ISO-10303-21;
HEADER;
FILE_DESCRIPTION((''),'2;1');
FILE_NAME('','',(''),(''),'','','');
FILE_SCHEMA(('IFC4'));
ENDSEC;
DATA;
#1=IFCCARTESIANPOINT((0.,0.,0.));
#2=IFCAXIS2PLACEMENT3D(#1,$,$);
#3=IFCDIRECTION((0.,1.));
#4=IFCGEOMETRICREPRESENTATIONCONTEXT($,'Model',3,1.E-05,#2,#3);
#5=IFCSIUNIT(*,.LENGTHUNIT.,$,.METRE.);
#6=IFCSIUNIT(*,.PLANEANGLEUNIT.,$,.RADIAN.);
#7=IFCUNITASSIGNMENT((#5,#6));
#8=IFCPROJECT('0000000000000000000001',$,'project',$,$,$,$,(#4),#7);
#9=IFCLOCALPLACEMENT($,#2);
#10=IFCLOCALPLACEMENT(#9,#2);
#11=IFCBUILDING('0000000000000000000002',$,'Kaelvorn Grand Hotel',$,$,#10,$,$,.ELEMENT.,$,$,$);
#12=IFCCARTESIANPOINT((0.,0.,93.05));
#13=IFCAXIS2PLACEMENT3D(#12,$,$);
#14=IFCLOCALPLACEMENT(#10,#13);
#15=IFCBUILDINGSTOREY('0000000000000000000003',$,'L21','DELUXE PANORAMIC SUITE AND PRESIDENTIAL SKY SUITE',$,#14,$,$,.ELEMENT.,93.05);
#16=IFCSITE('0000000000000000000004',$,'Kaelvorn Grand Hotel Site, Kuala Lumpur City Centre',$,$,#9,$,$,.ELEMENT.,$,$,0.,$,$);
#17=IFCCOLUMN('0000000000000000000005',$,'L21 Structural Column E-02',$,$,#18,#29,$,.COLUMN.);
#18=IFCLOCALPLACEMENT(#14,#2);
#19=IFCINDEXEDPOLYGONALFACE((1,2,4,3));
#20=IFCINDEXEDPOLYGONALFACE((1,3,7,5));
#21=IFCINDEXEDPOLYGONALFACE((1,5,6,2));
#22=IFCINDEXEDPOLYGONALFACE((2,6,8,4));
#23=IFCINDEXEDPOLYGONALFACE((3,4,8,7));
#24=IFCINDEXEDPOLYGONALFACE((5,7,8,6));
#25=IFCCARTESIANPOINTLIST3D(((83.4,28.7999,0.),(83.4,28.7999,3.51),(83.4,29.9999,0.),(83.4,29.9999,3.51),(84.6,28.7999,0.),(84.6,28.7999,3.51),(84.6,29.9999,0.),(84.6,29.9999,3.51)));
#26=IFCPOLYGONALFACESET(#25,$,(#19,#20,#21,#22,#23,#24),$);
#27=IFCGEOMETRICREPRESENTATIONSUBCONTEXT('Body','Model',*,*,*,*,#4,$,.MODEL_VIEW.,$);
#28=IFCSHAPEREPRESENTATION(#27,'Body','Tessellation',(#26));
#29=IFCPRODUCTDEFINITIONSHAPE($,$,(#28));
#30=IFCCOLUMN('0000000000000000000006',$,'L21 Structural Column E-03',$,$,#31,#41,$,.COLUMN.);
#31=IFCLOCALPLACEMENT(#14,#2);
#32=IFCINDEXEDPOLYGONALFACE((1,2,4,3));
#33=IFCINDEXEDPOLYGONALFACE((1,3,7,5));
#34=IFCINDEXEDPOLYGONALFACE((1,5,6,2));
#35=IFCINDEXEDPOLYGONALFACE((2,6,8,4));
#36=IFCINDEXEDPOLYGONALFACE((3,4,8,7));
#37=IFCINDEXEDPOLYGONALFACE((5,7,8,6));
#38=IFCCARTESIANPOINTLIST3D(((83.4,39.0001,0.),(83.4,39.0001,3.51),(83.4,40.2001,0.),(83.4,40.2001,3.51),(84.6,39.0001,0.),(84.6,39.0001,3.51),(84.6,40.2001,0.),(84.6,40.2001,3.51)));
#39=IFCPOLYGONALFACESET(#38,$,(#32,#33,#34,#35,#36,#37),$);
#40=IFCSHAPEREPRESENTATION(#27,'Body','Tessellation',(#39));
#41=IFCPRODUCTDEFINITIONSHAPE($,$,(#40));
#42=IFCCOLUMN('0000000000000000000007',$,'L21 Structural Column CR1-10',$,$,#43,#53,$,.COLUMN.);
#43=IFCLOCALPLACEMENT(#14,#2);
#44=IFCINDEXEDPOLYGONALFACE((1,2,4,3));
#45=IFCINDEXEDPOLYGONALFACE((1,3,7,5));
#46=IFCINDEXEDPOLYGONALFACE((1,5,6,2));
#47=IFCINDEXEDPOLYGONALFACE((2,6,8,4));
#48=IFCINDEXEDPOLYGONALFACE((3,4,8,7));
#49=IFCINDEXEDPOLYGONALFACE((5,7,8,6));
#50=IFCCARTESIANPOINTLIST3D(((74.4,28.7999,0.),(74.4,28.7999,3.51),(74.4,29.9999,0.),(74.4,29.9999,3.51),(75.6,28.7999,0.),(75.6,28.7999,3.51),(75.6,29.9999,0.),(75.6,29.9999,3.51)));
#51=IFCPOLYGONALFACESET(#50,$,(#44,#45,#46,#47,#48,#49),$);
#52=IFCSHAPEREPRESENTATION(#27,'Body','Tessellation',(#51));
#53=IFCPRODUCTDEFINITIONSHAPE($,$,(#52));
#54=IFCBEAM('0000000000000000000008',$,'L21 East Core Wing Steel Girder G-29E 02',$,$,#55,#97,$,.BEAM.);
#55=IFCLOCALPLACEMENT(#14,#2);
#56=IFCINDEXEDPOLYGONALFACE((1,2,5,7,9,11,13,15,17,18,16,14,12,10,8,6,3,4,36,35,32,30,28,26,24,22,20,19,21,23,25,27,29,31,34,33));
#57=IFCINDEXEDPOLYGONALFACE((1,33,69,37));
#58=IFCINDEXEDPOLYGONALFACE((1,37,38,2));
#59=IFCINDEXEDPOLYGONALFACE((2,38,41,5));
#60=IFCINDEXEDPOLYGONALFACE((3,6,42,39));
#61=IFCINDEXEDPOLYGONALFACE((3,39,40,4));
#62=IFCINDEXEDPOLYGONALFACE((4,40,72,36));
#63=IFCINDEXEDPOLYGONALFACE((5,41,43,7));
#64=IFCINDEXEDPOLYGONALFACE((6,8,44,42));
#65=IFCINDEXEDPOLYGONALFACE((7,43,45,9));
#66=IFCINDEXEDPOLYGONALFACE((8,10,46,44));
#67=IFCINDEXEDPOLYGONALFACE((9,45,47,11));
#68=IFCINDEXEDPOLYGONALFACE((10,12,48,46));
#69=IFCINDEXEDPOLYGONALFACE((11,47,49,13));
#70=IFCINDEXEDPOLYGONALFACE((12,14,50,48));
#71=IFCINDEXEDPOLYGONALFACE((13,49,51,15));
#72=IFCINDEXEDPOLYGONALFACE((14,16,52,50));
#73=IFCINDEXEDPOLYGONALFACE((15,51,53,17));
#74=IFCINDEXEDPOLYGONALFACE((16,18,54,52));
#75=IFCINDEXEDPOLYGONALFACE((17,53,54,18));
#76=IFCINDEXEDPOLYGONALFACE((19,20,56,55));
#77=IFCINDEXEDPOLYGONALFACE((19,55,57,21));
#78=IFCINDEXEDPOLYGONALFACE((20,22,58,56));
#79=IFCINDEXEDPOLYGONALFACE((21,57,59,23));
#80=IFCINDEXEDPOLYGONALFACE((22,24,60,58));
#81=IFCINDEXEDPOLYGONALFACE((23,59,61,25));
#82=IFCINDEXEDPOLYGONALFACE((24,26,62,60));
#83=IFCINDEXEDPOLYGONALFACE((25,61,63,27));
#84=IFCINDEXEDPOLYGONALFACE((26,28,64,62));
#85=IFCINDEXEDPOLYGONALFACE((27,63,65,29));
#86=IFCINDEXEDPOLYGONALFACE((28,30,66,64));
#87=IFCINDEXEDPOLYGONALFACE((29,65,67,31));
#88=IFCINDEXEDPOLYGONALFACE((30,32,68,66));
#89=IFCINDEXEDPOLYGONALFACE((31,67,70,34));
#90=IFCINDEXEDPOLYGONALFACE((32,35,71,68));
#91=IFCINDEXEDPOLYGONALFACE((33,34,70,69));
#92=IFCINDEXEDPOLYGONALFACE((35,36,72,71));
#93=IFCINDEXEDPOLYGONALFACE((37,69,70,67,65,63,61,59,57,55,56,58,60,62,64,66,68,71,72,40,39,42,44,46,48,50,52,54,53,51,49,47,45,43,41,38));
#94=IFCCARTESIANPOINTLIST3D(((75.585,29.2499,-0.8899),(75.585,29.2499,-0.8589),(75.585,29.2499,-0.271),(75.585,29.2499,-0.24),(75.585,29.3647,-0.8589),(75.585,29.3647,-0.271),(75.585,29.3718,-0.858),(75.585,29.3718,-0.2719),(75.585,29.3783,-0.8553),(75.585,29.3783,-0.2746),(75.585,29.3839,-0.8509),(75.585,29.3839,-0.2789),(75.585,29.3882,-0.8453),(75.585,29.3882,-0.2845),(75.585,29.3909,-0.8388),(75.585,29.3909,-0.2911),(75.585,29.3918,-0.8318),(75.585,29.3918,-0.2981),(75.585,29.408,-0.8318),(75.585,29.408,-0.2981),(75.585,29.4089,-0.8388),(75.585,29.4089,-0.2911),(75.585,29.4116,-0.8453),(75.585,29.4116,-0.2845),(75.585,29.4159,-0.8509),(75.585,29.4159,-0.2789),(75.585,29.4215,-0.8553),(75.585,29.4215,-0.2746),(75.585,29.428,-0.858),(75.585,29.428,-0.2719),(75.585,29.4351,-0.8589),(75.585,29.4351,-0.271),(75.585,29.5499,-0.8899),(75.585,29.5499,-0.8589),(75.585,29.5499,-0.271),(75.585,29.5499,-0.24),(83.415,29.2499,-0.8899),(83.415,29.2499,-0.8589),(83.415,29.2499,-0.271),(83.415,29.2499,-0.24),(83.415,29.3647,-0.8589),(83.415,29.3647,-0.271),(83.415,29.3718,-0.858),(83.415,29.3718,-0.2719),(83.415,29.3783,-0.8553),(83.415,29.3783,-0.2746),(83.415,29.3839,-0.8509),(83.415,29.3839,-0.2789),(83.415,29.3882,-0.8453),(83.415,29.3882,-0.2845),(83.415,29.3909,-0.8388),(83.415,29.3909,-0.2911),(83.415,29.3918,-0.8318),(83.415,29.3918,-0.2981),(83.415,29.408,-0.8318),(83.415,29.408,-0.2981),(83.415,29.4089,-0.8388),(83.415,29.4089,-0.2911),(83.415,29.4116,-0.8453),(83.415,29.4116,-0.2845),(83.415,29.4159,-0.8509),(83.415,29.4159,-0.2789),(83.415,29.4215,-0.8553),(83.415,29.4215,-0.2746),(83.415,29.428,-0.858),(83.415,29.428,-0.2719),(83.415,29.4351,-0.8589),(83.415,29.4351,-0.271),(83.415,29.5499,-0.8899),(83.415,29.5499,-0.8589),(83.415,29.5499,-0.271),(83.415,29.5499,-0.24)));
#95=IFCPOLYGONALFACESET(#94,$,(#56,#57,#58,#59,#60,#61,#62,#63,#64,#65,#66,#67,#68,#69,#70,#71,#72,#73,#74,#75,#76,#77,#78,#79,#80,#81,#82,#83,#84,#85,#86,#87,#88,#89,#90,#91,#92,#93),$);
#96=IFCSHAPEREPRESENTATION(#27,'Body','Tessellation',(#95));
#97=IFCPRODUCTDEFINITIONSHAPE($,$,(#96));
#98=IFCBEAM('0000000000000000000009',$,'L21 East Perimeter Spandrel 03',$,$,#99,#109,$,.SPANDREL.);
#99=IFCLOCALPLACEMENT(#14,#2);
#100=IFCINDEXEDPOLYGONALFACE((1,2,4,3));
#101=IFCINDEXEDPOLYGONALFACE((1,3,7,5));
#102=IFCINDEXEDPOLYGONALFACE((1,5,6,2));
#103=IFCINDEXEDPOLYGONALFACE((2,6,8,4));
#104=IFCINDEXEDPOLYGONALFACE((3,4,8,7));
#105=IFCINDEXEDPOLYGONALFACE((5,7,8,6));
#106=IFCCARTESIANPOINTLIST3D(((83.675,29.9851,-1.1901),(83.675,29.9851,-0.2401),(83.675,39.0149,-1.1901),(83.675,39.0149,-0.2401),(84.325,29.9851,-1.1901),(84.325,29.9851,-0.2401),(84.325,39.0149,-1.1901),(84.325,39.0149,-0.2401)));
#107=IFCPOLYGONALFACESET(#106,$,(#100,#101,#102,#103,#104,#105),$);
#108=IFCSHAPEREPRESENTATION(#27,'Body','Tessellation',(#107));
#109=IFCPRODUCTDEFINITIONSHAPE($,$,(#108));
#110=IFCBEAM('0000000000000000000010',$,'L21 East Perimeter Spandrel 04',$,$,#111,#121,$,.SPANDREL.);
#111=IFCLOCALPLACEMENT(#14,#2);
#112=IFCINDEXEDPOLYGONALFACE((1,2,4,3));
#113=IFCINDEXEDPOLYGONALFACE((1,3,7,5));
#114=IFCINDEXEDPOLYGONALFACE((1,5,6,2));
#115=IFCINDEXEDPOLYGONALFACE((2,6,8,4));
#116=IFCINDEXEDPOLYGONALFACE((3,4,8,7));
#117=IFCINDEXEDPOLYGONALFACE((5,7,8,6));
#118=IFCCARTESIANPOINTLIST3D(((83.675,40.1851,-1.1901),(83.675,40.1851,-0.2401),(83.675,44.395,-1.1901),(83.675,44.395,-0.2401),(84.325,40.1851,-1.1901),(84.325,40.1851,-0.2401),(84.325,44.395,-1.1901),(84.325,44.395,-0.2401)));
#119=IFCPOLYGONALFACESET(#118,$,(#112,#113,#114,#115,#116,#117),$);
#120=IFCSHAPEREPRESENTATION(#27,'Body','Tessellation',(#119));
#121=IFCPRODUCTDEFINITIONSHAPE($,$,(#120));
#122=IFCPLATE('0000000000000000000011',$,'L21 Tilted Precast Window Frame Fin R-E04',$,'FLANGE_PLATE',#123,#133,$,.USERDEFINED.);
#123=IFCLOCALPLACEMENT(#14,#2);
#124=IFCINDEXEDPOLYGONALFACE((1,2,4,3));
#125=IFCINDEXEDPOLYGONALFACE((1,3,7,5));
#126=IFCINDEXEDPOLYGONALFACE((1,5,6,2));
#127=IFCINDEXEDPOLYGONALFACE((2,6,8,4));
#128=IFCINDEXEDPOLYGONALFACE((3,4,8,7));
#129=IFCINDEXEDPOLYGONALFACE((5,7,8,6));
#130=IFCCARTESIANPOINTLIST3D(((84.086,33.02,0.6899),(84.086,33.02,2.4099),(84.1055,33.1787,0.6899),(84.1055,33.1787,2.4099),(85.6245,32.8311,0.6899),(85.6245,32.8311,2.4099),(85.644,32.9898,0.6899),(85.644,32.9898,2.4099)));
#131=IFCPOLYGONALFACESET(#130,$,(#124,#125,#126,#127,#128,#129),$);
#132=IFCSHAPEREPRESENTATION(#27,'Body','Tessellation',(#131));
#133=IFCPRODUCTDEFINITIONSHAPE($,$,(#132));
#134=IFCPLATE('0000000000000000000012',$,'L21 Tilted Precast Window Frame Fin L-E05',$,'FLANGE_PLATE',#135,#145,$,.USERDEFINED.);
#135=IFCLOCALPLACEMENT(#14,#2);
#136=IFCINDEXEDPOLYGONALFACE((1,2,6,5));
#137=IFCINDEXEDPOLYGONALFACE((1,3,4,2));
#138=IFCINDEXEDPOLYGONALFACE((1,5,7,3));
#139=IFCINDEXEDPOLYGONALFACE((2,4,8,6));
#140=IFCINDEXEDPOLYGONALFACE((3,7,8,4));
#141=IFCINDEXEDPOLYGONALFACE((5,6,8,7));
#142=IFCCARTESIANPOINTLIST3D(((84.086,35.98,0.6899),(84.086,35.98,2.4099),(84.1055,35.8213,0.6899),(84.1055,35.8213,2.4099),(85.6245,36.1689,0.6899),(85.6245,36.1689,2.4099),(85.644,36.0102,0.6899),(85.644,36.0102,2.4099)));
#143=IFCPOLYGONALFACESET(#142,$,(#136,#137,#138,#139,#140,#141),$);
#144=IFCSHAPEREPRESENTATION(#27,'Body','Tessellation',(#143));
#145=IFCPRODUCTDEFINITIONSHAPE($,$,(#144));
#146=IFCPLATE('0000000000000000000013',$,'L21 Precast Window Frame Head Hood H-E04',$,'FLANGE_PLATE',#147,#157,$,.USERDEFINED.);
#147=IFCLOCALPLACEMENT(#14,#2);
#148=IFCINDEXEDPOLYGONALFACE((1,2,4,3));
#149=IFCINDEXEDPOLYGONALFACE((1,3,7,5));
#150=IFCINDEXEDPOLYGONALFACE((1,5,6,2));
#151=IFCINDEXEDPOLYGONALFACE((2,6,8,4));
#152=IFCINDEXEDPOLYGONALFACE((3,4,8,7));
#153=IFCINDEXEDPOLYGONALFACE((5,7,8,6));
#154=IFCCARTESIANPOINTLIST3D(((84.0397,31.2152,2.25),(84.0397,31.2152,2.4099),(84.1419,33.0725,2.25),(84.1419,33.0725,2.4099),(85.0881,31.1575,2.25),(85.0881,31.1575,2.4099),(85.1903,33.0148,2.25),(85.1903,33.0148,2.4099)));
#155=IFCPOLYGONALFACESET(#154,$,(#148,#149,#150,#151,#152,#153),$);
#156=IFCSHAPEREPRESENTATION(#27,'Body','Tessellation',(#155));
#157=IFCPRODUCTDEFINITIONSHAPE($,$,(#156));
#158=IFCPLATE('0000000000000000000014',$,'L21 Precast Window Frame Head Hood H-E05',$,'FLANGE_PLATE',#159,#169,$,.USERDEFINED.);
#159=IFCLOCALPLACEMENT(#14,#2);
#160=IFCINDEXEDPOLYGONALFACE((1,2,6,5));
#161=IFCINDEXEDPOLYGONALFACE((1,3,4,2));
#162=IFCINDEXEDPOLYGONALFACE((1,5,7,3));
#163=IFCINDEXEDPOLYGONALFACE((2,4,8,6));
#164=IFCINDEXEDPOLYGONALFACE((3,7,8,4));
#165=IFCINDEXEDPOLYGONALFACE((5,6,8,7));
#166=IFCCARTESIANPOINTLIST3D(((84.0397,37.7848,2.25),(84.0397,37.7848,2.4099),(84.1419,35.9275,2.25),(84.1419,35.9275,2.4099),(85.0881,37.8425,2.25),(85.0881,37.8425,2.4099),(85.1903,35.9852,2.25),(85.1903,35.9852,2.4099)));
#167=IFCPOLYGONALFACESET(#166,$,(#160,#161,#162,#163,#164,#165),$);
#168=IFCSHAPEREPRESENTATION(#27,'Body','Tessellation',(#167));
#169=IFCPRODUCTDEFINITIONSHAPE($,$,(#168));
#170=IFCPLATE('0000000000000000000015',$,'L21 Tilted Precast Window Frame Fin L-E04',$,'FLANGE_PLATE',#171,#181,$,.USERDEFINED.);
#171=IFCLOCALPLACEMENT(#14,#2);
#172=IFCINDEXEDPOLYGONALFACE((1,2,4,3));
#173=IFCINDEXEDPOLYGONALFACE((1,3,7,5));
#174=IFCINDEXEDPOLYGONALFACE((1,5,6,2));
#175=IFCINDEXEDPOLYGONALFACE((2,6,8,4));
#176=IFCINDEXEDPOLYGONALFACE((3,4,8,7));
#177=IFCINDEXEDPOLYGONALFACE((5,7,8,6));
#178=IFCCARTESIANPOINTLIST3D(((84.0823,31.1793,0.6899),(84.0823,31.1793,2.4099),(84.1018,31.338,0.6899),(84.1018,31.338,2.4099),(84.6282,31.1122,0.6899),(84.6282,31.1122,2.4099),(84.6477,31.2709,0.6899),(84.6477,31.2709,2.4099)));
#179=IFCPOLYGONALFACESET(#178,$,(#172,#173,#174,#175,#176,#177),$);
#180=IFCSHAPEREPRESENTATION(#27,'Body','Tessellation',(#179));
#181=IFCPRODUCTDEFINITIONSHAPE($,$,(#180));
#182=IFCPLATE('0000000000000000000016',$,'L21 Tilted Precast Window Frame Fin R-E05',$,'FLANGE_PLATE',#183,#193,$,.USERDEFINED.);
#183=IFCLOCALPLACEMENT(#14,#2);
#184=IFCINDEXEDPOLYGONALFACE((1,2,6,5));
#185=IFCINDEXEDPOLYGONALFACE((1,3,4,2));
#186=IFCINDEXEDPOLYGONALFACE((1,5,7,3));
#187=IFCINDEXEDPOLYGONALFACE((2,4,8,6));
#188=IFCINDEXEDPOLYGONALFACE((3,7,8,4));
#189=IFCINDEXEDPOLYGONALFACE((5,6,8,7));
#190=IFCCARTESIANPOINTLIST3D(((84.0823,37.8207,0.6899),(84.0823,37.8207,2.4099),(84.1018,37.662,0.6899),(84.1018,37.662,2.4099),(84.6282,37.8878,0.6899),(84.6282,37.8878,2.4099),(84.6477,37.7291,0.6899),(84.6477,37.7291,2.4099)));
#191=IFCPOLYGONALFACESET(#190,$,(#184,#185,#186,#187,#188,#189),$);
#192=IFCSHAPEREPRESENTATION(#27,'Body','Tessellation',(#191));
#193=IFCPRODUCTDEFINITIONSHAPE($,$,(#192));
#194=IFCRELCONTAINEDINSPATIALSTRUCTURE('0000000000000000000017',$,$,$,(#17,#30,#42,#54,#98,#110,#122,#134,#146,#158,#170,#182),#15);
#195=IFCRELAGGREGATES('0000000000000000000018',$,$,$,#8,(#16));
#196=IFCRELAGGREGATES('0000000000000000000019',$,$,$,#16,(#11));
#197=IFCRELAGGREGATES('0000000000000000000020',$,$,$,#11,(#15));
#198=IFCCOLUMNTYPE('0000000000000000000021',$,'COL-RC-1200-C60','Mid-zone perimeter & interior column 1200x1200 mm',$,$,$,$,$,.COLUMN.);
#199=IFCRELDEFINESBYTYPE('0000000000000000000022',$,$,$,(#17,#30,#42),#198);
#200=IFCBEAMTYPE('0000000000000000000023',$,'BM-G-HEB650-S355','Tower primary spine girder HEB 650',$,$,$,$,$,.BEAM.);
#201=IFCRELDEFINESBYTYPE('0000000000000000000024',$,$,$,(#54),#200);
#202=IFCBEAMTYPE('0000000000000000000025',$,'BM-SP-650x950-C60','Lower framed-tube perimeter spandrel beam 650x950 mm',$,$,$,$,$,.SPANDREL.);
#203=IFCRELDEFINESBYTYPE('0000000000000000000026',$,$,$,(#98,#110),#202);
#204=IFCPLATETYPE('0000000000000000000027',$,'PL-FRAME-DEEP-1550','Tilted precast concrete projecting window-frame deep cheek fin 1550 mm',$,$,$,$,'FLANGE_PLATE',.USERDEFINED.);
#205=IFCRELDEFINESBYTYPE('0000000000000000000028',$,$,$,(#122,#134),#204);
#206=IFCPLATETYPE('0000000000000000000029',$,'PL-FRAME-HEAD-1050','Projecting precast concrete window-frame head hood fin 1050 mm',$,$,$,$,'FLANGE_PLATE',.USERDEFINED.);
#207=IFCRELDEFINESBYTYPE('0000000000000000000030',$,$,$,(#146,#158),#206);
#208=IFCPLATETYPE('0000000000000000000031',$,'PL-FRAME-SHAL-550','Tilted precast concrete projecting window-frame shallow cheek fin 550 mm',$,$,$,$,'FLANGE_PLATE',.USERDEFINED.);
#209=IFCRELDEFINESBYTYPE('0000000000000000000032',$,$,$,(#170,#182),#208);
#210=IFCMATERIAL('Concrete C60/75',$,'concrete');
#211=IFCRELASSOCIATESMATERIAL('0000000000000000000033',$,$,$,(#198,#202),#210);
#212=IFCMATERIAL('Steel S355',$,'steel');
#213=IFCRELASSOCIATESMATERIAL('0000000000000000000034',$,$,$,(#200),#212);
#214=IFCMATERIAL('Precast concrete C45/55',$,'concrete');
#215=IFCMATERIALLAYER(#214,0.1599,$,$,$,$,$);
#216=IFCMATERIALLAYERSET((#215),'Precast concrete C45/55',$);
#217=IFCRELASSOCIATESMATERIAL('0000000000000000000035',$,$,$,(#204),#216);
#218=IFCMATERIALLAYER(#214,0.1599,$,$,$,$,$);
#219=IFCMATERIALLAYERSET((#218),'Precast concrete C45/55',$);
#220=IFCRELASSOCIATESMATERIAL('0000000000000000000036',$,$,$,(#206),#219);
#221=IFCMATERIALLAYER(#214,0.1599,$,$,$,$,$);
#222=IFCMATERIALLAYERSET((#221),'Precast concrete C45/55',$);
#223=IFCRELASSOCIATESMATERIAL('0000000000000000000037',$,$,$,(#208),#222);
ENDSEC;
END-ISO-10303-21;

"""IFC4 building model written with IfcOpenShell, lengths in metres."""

from ifc_helpers import new_model, si_unit, direction, frame, origin, origin_2d, place, context, subcontext, project, spatial, rectangle, i_section, extrude, material, layer, layer_set, material_profile, profile_set, type_object, element, save


model = new_model("IFC4")

# Units and contexts
model_context = context("Model", 3, precision=1e-05, world=origin(), true_north=direction((0.0, 1.0)))
body_context = subcontext(model_context, "Body", "Model", "MODEL_VIEW")
ifc_project = project(units=[si_unit("LENGTHUNIT", "METRE"), si_unit("PLANEANGLEUNIT", "RADIAN")], contexts=[model_context])

# Site, building, storey
site_placement = place(None, origin())
site = spatial("IfcSite", under=ifc_project, at=site_placement, Name="Kaelvorn Grand Hotel Site, Kuala Lumpur City Centre", CompositionType="ELEMENT", RefElevation=0.0)
building_placement = place(site_placement, origin())
building = spatial("IfcBuilding", under=site, at=building_placement, Name="Kaelvorn Grand Hotel", CompositionType="ELEMENT")
storey_placement = place(building_placement, frame((0.0, 0.0, 93.05)))
storey = spatial("IfcBuildingStorey", under=building, at=storey_placement, Name="L21", Description="DELUXE PANORAMIC SUITE AND PRESIDENTIAL SKY SUITE", CompositionType="ELEMENT", Elevation=93.05)

# Columns
ifc_material_1 = material(Name="Concrete C60/75", Category="concrete")
ifc_material_profile_1 = material_profile(ifc_material_1, rectangle(XDim=1.2, YDim=1.2, at=origin_2d()), Name="RC COL 1200x1200")
ifc_profile_set_1 = profile_set([ifc_material_profile_1], Name="Concrete C60/75")
column_type = type_object("IfcColumnType", Name="COL-RC-1200-C60", Description="Mid-zone perimeter & interior column 1200x1200 mm", PredefinedType="COLUMN", material=ifc_profile_set_1)
for number, where, z_axis, x_axis, name in (
    (1, (84.0, 29.3999, 0.0), (0.0, 0.0, 1.0), (1.0, 0.0, 0.0), "L21 Structural Column E-02"),
    (2, (84.0, 39.6001, 0.0), (0.0, 0.0, 1.0), (1.0, 0.0, 0.0), "L21 Structural Column E-03"),
    (3, (75.0, 29.3999, 0.0), (0.0, 0.0, 1.0), (1.0, 0.0, 0.0), "L21 Structural Column CR1-10"),
):
    element("IfcColumn", number, at=place(storey_placement, frame(where, z_axis=z_axis, x_axis=x_axis)), inside=storey, type_object=column_type, Name=name, PredefinedType="COLUMN", context=body_context, shape_type="SweptSolid", body=[
        extrude(rectangle(XDim=1.2, YDim=1.2, at=origin_2d()), origin(), (0.0, 0.0, 1.0), 3.51),
    ])

# Beams
ifc_material_2 = material(Name="Steel S355", Category="steel")
ifc_material_profile_2 = material_profile(ifc_material_2, i_section(OverallWidth=0.3, OverallDepth=0.6499, WebThickness=0.0161, FlangeThickness=0.031, FilletRadius=0.0271, at=origin_2d()), Name="HEB 650")
ifc_profile_set_2 = profile_set([ifc_material_profile_2], Name="Steel S355")
beam_type_1 = type_object("IfcBeamType", Name="BM-G-HEB650-S355", Description="Tower primary spine girder HEB 650", PredefinedType="BEAM", material=ifc_profile_set_2)
beam_1_placement = place(storey_placement, frame((75.585, 29.3999, -0.5649), z_axis=(1.0, 0.0, 0.0), x_axis=(0.0, 1.0, 0.0)))
element("IfcBeam", 4, at=beam_1_placement, inside=storey, type_object=beam_type_1, Name="L21 East Core Wing Steel Girder G-29E 02", PredefinedType="BEAM", context=body_context, shape_type="SweptSolid", body=[
    extrude(i_section(OverallWidth=0.3, OverallDepth=0.6499, WebThickness=0.0161, FlangeThickness=0.031, FilletRadius=0.0271, at=origin_2d()), origin(), (0.0, 0.0, 1.0), 7.8301),
])
ifc_material_profile_3 = material_profile(ifc_material_1, rectangle(XDim=0.6499, YDim=0.95, at=origin_2d()), Name="RC SPANDREL 650x950")
ifc_profile_set_3 = profile_set([ifc_material_profile_3], Name="Concrete C60/75")
beam_type_2 = type_object("IfcBeamType", Name="BM-SP-650x950-C60", Description="Lower framed-tube perimeter spandrel beam 650x950 mm", PredefinedType="SPANDREL", material=ifc_profile_set_3)
beam_2_placement = place(storey_placement, frame((84.0, 29.9851, -0.7151), z_axis=(0.0, 1.0, 0.0), x_axis=(-1.0, 0.0, 0.0)))
element("IfcBeam", 5, at=beam_2_placement, inside=storey, type_object=beam_type_2, Name="L21 East Perimeter Spandrel 03", PredefinedType="SPANDREL", context=body_context, shape_type="SweptSolid", body=[
    extrude(rectangle(XDim=0.6499, YDim=0.95, at=origin_2d()), origin(), (0.0, 0.0, 1.0), 9.0298),
])
beam_3_placement = place(storey_placement, frame((84.0, 40.1851, -0.7151), z_axis=(0.0, 1.0, 0.0), x_axis=(-1.0, 0.0, 0.0)))
element("IfcBeam", 6, at=beam_3_placement, inside=storey, type_object=beam_type_2, Name="L21 East Perimeter Spandrel 04", PredefinedType="SPANDREL", context=body_context, shape_type="SweptSolid", body=[
    extrude(rectangle(XDim=0.6499, YDim=0.95, at=origin_2d()), origin(), (0.0, 0.0, 1.0), 4.21),
])

# Plates
ifc_material_3 = material(Name="Precast concrete C45/55", Category="concrete")
ifc_layer_1 = layer(ifc_material_3, 0.1599)
ifc_layer_set_1 = layer_set([ifc_layer_1], Name="Precast concrete C45/55")
plate_type_1 = type_object("IfcPlateType", Name="PL-FRAME-DEEP-1550", Description="Tilted precast concrete projecting window-frame deep cheek fin 1550 mm", ElementType="FLANGE_PLATE", PredefinedType="USERDEFINED", material=ifc_layer_set_1)
for number, where, z_axis, x_axis, name in (
    (7, (84.865, 33.0049, 0.6899), (0.0, 0.0, 1.0), (0.121869, 0.992546, 0.0), "L21 Tilted Precast Window Frame Fin R-E04"),
    (8, (84.865, 35.9951, 0.6899), (0.0, 0.0, 1.0), (-0.121869, 0.992546, 0.0), "L21 Tilted Precast Window Frame Fin L-E05"),
):
    element("IfcPlate", number, at=place(storey_placement, frame(where, z_axis=z_axis, x_axis=x_axis)), inside=storey, type_object=plate_type_1, Name=name, ObjectType="FLANGE_PLATE", PredefinedType="USERDEFINED", context=body_context, shape_type="SweptSolid", body=[
        extrude(rectangle(XDim=0.1599, YDim=1.55, at=origin_2d()), origin(), (0.0, 0.0, 1.0), 1.72),
    ])
ifc_layer_2 = layer(ifc_material_3, 0.1599)
ifc_layer_set_2 = layer_set([ifc_layer_2], Name="Precast concrete C45/55")
plate_type_2 = type_object("IfcPlateType", Name="PL-FRAME-HEAD-1050", Description="Projecting precast concrete window-frame head hood fin 1050 mm", ElementType="FLANGE_PLATE", PredefinedType="USERDEFINED", material=ifc_layer_set_2)
for number, where, z_axis, x_axis, name in (
    (9, (84.615, 32.115, 2.25), (0.0, 0.0, 1.0), (0.05495, 0.998489, 0.0), "L21 Precast Window Frame Head Hood H-E04"),
    (10, (84.615, 36.885, 2.25), (0.0, 0.0, 1.0), (-0.05495, 0.998489, 0.0), "L21 Precast Window Frame Head Hood H-E05"),
):
    element("IfcPlate", number, at=place(storey_placement, frame(where, z_axis=z_axis, x_axis=x_axis)), inside=storey, type_object=plate_type_2, Name=name, ObjectType="FLANGE_PLATE", PredefinedType="USERDEFINED", context=body_context, shape_type="SweptSolid", body=[
        extrude(rectangle(XDim=1.8601, YDim=1.05, at=origin_2d()), origin(), (0.0, 0.0, 1.0), 0.1599),
    ])
ifc_layer_3 = layer(ifc_material_3, 0.1599)
ifc_layer_set_3 = layer_set([ifc_layer_3], Name="Precast concrete C45/55")
plate_type_3 = type_object("IfcPlateType", Name="PL-FRAME-SHAL-550", Description="Tilted precast concrete projecting window-frame shallow cheek fin 550 mm", ElementType="FLANGE_PLATE", PredefinedType="USERDEFINED", material=ifc_layer_set_3)
for number, where, z_axis, x_axis, name in (
    (11, (84.365, 31.2251, 0.6899), (0.0, 0.0, 1.0), (0.121869, 0.992546, 0.0), "L21 Tilted Precast Window Frame Fin L-E04"),
    (12, (84.365, 37.7749, 0.6899), (0.0, 0.0, 1.0), (-0.121869, 0.992546, 0.0), "L21 Tilted Precast Window Frame Fin R-E05"),
):
    element("IfcPlate", number, at=place(storey_placement, frame(where, z_axis=z_axis, x_axis=x_axis)), inside=storey, type_object=plate_type_3, Name=name, ObjectType="FLANGE_PLATE", PredefinedType="USERDEFINED", context=body_context, shape_type="SweptSolid", body=[
        extrude(rectangle(XDim=0.1599, YDim=0.55, at=origin_2d()), origin(), (0.0, 0.0, 1.0), 1.72),
    ])

save(model, "model.ifc")
